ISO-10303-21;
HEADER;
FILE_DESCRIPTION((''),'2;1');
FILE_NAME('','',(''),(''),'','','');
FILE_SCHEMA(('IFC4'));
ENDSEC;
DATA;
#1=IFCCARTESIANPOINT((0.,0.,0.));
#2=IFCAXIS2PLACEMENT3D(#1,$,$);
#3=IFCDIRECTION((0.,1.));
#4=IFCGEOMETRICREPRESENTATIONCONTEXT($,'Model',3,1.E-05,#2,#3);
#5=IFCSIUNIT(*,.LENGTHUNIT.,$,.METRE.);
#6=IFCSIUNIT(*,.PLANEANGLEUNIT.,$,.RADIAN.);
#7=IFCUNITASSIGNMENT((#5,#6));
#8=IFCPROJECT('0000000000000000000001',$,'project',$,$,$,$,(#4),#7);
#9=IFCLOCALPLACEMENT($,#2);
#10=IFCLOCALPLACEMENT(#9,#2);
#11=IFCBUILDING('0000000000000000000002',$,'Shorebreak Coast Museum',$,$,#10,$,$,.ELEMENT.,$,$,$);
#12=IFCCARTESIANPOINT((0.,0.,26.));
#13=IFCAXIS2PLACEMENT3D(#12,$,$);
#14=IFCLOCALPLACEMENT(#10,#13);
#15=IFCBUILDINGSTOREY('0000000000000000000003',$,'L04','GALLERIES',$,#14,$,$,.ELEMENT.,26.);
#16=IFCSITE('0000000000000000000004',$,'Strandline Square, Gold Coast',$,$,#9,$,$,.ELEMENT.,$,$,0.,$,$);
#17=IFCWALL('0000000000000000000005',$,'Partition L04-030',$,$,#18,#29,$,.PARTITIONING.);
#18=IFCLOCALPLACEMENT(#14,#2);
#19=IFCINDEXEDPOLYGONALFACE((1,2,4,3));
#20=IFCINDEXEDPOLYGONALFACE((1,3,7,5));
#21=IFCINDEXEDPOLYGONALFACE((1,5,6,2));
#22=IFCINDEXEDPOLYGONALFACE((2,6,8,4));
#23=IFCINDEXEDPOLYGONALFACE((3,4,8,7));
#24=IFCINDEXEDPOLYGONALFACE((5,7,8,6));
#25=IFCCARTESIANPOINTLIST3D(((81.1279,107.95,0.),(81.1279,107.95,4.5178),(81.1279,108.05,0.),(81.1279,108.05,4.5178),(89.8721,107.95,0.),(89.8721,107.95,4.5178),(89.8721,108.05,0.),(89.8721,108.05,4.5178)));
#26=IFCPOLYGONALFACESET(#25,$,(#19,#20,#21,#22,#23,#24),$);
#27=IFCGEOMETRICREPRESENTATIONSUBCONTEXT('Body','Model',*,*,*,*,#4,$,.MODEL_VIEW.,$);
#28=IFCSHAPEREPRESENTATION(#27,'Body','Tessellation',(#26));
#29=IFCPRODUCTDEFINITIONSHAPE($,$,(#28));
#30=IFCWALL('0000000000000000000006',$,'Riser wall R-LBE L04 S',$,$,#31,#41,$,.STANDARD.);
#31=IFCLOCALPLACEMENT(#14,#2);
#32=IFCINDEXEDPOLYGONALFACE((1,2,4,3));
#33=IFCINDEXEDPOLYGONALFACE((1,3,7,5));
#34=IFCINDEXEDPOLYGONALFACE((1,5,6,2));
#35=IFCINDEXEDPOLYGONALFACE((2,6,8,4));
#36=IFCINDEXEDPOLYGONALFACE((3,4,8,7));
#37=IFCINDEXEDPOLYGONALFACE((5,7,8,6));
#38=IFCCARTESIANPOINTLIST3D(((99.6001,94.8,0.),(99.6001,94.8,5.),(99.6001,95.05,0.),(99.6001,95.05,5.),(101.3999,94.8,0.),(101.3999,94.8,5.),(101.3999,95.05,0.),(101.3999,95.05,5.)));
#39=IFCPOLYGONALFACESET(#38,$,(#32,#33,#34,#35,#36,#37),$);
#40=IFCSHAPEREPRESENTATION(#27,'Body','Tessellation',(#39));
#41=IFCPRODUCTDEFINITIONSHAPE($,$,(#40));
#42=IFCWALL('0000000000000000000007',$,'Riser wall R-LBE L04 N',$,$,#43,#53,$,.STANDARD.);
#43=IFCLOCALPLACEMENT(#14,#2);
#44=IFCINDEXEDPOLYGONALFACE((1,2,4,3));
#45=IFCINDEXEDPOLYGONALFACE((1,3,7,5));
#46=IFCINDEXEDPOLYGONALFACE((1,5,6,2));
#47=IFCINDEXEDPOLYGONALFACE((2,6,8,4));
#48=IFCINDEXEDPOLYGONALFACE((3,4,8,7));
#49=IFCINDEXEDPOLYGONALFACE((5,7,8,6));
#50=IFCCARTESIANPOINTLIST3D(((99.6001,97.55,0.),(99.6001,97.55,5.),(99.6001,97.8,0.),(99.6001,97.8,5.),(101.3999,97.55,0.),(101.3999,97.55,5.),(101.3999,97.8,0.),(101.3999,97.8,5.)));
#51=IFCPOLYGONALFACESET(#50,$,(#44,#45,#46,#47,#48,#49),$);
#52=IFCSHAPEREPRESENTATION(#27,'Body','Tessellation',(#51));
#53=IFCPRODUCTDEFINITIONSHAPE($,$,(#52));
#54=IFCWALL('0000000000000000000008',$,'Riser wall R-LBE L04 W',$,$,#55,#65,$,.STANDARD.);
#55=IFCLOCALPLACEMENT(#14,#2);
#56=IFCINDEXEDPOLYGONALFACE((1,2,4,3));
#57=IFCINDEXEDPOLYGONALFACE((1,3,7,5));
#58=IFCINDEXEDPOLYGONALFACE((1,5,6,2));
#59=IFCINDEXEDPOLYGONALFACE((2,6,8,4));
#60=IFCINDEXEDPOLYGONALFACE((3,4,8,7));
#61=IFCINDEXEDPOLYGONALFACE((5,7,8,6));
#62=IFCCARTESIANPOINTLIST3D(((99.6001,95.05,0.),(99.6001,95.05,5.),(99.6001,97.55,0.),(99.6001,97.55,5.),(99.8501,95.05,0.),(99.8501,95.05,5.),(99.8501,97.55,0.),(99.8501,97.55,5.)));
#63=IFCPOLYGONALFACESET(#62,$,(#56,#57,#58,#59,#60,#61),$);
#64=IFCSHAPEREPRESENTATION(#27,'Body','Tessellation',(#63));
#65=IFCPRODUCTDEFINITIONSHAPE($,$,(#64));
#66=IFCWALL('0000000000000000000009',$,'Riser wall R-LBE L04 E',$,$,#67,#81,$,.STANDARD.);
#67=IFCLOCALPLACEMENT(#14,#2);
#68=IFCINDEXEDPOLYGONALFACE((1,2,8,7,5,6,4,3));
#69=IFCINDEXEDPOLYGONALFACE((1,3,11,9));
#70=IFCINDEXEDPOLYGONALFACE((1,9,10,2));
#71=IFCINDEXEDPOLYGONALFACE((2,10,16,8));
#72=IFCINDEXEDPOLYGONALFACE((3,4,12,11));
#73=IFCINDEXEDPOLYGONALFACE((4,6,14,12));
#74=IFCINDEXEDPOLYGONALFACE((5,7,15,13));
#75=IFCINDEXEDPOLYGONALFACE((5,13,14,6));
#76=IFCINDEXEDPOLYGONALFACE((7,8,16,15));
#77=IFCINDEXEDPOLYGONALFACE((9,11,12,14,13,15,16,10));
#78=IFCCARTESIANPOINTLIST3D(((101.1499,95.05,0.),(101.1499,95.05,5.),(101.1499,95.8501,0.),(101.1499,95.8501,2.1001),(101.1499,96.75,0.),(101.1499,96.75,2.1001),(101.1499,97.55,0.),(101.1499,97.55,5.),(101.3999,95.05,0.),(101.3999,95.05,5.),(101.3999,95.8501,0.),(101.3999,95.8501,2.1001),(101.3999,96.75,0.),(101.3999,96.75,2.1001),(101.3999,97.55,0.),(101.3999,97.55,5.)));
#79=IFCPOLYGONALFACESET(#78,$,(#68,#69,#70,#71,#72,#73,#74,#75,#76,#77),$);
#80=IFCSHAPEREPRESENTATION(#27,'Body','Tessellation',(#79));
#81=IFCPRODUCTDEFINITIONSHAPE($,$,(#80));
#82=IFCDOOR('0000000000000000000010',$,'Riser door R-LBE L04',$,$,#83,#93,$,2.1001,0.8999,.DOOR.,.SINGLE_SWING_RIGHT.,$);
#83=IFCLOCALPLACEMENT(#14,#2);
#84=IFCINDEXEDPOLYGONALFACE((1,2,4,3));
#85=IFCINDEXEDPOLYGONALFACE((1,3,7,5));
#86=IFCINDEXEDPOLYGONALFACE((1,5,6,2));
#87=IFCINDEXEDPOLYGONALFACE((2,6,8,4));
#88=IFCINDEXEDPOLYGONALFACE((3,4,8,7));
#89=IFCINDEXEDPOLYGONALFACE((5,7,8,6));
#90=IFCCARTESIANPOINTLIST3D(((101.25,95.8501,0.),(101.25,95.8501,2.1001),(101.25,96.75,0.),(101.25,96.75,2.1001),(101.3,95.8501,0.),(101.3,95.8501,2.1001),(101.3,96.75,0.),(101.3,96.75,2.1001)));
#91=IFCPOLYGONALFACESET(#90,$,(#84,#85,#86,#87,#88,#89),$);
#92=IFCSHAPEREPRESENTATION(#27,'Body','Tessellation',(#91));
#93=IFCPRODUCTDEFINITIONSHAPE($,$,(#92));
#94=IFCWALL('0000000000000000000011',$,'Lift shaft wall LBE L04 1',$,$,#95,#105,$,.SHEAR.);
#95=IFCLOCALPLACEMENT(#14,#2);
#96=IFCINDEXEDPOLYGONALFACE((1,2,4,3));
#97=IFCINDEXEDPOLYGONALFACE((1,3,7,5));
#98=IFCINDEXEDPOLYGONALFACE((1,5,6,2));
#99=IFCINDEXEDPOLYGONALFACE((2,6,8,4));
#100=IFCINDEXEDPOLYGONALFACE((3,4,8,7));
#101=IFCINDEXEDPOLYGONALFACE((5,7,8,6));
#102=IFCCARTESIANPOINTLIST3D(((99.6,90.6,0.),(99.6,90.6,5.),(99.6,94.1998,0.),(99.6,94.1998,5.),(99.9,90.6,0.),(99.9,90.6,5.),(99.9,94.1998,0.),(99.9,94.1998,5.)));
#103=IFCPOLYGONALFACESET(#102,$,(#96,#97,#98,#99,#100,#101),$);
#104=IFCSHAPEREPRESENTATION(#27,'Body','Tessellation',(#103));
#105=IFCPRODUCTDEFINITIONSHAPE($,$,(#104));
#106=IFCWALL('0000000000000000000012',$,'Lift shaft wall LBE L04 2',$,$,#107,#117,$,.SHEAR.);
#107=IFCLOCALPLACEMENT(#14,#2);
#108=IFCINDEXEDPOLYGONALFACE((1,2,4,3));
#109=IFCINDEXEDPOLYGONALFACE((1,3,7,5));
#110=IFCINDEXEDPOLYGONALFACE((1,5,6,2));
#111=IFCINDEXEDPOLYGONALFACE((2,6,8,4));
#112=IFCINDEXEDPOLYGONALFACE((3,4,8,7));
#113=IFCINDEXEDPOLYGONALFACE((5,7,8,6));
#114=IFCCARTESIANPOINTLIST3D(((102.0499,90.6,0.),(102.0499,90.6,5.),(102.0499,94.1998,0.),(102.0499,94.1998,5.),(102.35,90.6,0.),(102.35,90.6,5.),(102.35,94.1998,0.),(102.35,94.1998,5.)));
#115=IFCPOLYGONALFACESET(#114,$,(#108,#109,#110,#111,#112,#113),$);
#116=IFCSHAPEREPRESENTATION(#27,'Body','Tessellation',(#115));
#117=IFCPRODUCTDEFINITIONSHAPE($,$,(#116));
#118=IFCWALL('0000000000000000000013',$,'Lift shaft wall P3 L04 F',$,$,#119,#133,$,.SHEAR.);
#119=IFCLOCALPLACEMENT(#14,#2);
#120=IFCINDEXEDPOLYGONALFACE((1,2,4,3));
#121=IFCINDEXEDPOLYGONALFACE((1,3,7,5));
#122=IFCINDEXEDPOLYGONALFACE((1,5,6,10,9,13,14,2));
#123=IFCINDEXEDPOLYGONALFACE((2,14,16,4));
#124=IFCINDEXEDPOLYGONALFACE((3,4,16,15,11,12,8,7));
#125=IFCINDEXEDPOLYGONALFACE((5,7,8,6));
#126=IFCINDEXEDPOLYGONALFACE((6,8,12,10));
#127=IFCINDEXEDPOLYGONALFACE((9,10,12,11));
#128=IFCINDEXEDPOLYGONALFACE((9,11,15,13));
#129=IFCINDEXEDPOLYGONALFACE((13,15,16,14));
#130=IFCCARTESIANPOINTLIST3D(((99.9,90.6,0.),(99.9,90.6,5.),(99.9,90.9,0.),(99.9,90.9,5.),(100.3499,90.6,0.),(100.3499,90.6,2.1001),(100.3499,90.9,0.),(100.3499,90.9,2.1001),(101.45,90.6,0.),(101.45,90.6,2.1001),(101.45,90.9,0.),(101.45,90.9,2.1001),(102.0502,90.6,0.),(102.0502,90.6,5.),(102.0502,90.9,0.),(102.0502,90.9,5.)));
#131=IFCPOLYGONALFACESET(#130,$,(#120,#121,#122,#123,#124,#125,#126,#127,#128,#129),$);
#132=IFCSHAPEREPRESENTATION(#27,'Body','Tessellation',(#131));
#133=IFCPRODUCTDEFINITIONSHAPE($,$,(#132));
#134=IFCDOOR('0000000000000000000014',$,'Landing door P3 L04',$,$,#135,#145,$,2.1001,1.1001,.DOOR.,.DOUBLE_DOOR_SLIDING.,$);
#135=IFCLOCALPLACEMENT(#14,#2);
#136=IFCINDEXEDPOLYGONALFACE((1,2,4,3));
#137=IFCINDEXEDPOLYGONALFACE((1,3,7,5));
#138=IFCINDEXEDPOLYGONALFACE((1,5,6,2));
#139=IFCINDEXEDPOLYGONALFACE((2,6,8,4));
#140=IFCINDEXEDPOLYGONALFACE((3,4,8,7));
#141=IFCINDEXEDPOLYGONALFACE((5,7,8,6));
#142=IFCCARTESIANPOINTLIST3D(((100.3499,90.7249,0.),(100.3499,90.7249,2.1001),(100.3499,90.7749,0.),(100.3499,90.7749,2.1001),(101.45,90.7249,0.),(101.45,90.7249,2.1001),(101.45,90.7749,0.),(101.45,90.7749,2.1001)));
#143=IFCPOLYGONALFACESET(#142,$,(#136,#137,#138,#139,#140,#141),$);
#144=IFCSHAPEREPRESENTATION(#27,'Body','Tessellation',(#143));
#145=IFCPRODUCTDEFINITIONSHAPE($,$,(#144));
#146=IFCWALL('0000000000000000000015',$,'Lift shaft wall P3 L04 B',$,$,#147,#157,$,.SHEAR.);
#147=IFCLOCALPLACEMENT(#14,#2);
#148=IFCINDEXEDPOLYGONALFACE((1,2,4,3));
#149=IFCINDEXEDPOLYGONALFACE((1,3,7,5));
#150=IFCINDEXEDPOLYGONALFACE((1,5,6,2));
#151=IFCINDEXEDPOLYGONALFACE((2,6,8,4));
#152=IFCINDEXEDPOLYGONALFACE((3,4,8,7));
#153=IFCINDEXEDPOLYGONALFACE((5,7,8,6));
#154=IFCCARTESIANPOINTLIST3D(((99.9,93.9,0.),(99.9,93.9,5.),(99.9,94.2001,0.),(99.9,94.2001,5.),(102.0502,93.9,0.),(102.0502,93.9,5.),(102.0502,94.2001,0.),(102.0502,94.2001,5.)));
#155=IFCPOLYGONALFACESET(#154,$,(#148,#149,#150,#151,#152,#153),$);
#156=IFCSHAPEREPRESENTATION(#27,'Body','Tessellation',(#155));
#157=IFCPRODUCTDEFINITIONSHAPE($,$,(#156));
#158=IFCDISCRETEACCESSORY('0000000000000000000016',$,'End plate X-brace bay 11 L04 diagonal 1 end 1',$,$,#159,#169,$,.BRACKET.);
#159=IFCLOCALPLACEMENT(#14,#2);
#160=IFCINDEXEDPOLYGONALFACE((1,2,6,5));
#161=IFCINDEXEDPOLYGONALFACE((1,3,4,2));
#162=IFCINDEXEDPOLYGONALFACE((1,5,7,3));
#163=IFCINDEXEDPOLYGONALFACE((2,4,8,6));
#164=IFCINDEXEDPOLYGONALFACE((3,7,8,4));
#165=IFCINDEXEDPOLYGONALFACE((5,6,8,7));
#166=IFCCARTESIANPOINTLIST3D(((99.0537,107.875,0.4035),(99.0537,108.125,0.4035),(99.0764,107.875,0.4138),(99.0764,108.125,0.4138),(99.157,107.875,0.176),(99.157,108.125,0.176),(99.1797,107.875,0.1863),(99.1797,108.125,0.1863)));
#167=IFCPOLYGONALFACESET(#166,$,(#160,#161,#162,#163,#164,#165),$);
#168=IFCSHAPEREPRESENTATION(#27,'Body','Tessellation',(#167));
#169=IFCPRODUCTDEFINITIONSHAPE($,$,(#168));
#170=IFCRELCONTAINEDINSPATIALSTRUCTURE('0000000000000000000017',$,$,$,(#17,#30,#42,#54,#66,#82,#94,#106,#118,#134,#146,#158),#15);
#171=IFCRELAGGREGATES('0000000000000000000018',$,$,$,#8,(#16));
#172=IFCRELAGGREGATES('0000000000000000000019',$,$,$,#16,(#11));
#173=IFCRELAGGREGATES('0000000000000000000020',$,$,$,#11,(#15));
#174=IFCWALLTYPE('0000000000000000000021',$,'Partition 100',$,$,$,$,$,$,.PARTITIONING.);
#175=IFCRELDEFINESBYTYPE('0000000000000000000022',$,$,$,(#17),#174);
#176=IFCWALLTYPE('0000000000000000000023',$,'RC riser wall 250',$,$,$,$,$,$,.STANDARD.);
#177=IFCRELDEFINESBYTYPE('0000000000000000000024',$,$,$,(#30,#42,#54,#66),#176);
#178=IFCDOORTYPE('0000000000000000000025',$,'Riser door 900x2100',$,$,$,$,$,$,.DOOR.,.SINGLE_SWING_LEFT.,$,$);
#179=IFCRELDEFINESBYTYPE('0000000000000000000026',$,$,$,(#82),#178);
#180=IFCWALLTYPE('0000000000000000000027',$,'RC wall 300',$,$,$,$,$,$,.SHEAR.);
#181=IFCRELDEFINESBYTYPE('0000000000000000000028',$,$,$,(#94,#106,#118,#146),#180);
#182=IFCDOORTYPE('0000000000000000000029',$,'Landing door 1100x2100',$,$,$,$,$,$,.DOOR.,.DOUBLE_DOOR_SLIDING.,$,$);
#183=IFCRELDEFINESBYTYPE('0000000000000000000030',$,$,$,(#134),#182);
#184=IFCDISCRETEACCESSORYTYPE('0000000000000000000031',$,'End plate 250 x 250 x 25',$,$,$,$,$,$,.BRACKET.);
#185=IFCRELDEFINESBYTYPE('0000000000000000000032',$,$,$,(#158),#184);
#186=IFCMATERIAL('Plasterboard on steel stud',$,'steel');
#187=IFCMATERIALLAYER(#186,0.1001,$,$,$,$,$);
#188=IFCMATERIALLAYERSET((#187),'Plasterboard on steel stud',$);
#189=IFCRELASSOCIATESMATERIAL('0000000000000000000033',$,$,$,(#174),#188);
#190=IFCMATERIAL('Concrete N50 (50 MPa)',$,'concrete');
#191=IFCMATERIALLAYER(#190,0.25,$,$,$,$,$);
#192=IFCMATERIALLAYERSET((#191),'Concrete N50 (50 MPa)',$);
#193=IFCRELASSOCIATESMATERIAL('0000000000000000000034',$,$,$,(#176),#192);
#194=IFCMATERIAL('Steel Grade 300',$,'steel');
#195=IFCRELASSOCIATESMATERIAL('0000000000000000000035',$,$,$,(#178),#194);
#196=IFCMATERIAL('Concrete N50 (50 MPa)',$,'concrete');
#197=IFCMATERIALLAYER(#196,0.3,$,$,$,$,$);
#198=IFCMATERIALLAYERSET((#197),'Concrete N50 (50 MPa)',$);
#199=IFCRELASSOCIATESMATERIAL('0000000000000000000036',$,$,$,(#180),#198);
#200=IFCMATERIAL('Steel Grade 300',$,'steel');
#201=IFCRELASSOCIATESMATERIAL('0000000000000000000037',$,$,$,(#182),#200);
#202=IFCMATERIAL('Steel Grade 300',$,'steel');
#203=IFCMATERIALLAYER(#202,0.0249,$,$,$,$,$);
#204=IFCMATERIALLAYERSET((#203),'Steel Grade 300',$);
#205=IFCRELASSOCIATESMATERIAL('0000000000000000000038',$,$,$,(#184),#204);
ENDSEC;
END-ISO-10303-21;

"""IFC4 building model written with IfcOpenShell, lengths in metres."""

from ifc_helpers import new_model, si_unit, direction, frame, frame_2d, origin, place, context, subcontext, project, spatial, polyline, rectangle, outline, extrude, material, layer, layer_set, type_object, element, fill, save


model = new_model("IFC4")

# Units and contexts
model_context = context("Model", 3, precision=1e-05, world=origin(), true_north=direction((0.0, 1.0)))
body_context = subcontext(model_context, "Body", "Model", "MODEL_VIEW")
ifc_project = project(units=[si_unit("LENGTHUNIT", "METRE"), si_unit("PLANEANGLEUNIT", "RADIAN")], contexts=[model_context])

# Site, building, storey
site_placement = place(None, origin())
site = spatial("IfcSite", under=ifc_project, at=site_placement, Name="Strandline Square, Gold Coast", CompositionType="ELEMENT", RefElevation=0.0)
building_placement = place(site_placement, origin())
building = spatial("IfcBuilding", under=site, at=building_placement, Name="Shorebreak Coast Museum", CompositionType="ELEMENT")
storey_placement = place(building_placement, frame((0.0, 0.0, 26.0)))
storey = spatial("IfcBuildingStorey", under=building, at=storey_placement, Name="L04", Description="GALLERIES", CompositionType="ELEMENT", Elevation=26.0)

# Walls
ifc_material_1 = material(Name="Plasterboard on steel stud", Category="steel")
ifc_layer_1 = layer(ifc_material_1, 0.1001)
ifc_layer_set_1 = layer_set([ifc_layer_1], Name="Plasterboard on steel stud")
wall_type_1 = type_object("IfcWallType", Name="Partition 100", PredefinedType="PARTITIONING", material=ifc_layer_set_1)
wall_1_placement = place(storey_placement, frame((81.1279, 108.0, 0.0), z_axis=(0.0, 0.0, 1.0), x_axis=(1.0, 0.0, 0.0)))
element("IfcWall", 1, at=wall_1_placement, inside=storey, type_object=wall_type_1, Name="Partition L04-030", PredefinedType="PARTITIONING", context=body_context, shape_type="SweptSolid", body=[
    extrude(rectangle(XDim=8.7441, YDim=0.1001, at=frame_2d((4.3721, 0.0))), origin(), (0.0, 0.0, 1.0), 4.5178),
])
ifc_material_2 = material(Name="Concrete N50 (50 MPa)", Category="concrete")
ifc_layer_2 = layer(ifc_material_2, 0.25)
ifc_layer_set_2 = layer_set([ifc_layer_2], Name="Concrete N50 (50 MPa)")
wall_type_2 = type_object("IfcWallType", Name="RC riser wall 250", PredefinedType="STANDARD", material=ifc_layer_set_2)
for number, where, z_axis, x_axis, name in (
    (2, (99.6001, 94.925, 0.0), (0.0, 0.0, 1.0), (1.0, 0.0, 0.0), "Riser wall R-LBE L04 S"),
    (3, (99.6001, 97.675, 0.0), (0.0, 0.0, 1.0), (1.0, 0.0, 0.0), "Riser wall R-LBE L04 N"),
):
    element("IfcWall", number, at=place(storey_placement, frame(where, z_axis=z_axis, x_axis=x_axis)), inside=storey, type_object=wall_type_2, Name=name, PredefinedType="STANDARD", context=body_context, shape_type="SweptSolid", body=[
        extrude(rectangle(XDim=1.7998, YDim=0.25, at=frame_2d((0.8999, 0.0))), origin(), (0.0, 0.0, 1.0), 5.0),
    ])
wall_2_placement = place(storey_placement, frame((99.7251, 95.05, 0.0), z_axis=(0.0, 0.0, 1.0), x_axis=(0.0, 1.0, 0.0)))
element("IfcWall", 4, at=wall_2_placement, inside=storey, type_object=wall_type_2, Name="Riser wall R-LBE L04 W", PredefinedType="STANDARD", context=body_context, shape_type="SweptSolid", body=[
    extrude(rectangle(XDim=2.5, YDim=0.25, at=frame_2d((1.25, 0.0))), origin(), (0.0, 0.0, 1.0), 5.0),
])

# Wall, opening, door
wall_3_placement = place(storey_placement, frame((101.2749, 95.05, 0.0), z_axis=(0.0, 0.0, 1.0), x_axis=(0.0, 1.0, 0.0)))
wall_3 = element("IfcWall", 5, at=wall_3_placement, inside=storey, type_object=wall_type_2, Name="Riser wall R-LBE L04 E", PredefinedType="STANDARD", context=body_context, shape_type="SweptSolid", body=[
    extrude(rectangle(XDim=2.5, YDim=0.25, at=frame_2d((1.25, 0.0))), origin(), (0.0, 0.0, 1.0), 5.0),
])
opening_1_placement = place(wall_3_placement, frame((0.8, 0.0, 0.0)))
opening_1 = element("IfcOpeningElement", 6, at=opening_1_placement, cuts=wall_3, PredefinedType="OPENING", context=body_context, shape_type="SweptSolid", body=[
    extrude(rectangle(XDim=0.8999, YDim=2.1001, at=frame_2d((0.45, 1.05))), frame((0.0, 0.135, 0.0), z_axis=(0.0, -1.0, 0.0), x_axis=(1.0, 0.0, 0.0)), (0.0, 0.0, 1.0), 0.27),
])
ifc_material_3 = material(Name="Steel Grade 300", Category="steel")
door_type_1 = type_object("IfcDoorType", Name="Riser door 900x2100", OperationType="SINGLE_SWING_LEFT", PredefinedType="DOOR", material=ifc_material_3)
door_1_placement = place(opening_1_placement, origin())
door_1 = element("IfcDoor", 7, at=door_1_placement, inside=storey, type_object=door_type_1, Name="Riser door R-LBE L04", OperationType="SINGLE_SWING_RIGHT", OverallHeight=2.1001, OverallWidth=0.8999, PredefinedType="DOOR", context=body_context, shape_type="SweptSolid", body=[
    extrude(rectangle(XDim=0.8999, YDim=2.1001, at=frame_2d((0.45, 1.05))), frame((0.0, 0.0249, 0.0), z_axis=(0.0, -1.0, 0.0), x_axis=(1.0, 0.0, 0.0)), (0.0, 0.0, 1.0), 0.05),
])
fill(opening_1, door_1)

# Walls
ifc_material_4 = material(Name="Concrete N50 (50 MPa)", Category="concrete")
ifc_layer_3 = layer(ifc_material_4, 0.3)
ifc_layer_set_3 = layer_set([ifc_layer_3], Name="Concrete N50 (50 MPa)")
wall_type_3 = type_object("IfcWallType", Name="RC wall 300", PredefinedType="SHEAR", material=ifc_layer_set_3)
for number, where, z_axis, x_axis, name in (
    (8, (99.75, 90.6001, 0.0), (0.0, 0.0, 1.0), (0.0, 1.0, 0.0), "Lift shaft wall LBE L04 1"),
    (9, (102.2, 90.6001, 0.0), (0.0, 0.0, 1.0), (0.0, 1.0, 0.0), "Lift shaft wall LBE L04 2"),
):
    element("IfcWall", number, at=place(storey_placement, frame(where, z_axis=z_axis, x_axis=x_axis)), inside=storey, type_object=wall_type_3, Name=name, PredefinedType="SHEAR", context=body_context, shape_type="SweptSolid", body=[
        extrude(rectangle(XDim=3.5999, YDim=0.3, at=frame_2d((1.7998, 0.0))), origin(), (0.0, 0.0, 1.0), 5.0),
    ])

# Wall, opening, door
wall_4_placement = place(storey_placement, frame((99.8999, 90.75, 0.0), z_axis=(0.0, 0.0, 1.0), x_axis=(1.0, 0.0, 0.0)))
wall_4 = element("IfcWall", 10, at=wall_4_placement, inside=storey, type_object=wall_type_3, Name="Lift shaft wall P3 L04 F", PredefinedType="SHEAR", context=body_context, shape_type="SweptSolid", body=[
    extrude(rectangle(XDim=2.1501, YDim=0.3, at=frame_2d((1.0752, 0.0))), origin(), (0.0, 0.0, 1.0), 5.0),
])
opening_2_placement = place(wall_4_placement, frame((0.45, 0.0, 0.0)))
opening_2 = element("IfcOpeningElement", 11, at=opening_2_placement, cuts=wall_4, PredefinedType="OPENING", context=body_context, shape_type="SweptSolid", body=[
    extrude(rectangle(XDim=1.1001, YDim=2.1001, at=frame_2d((0.55, 1.05))), frame((0.0, 0.1599, 0.0), z_axis=(0.0, -1.0, 0.0), x_axis=(1.0, 0.0, 0.0)), (0.0, 0.0, 1.0), 0.3201),
])
ifc_material_5 = material(Name="Steel Grade 300", Category="steel")
door_type_2 = type_object("IfcDoorType", Name="Landing door 1100x2100", OperationType="DOUBLE_DOOR_SLIDING", PredefinedType="DOOR", material=ifc_material_5)
door_2_placement = place(opening_2_placement, origin())
door_2 = element("IfcDoor", 12, at=door_2_placement, inside=storey, type_object=door_type_2, Name="Landing door P3 L04", OperationType="DOUBLE_DOOR_SLIDING", OverallHeight=2.1001, OverallWidth=1.1001, PredefinedType="DOOR", context=body_context, shape_type="SweptSolid", body=[
    extrude(rectangle(XDim=1.1001, YDim=2.1001, at=frame_2d((0.55, 1.05))), frame((0.0, 0.0249, 0.0), z_axis=(0.0, -1.0, 0.0), x_axis=(1.0, 0.0, 0.0)), (0.0, 0.0, 1.0), 0.05),
])
fill(opening_2, door_2)

# Wall
wall_5_placement = place(storey_placement, frame((99.8999, 94.05, 0.0), z_axis=(0.0, 0.0, 1.0), x_axis=(1.0, 0.0, 0.0)))
element("IfcWall", 13, at=wall_5_placement, inside=storey, type_object=wall_type_3, Name="Lift shaft wall P3 L04 B", PredefinedType="SHEAR", context=body_context, shape_type="SweptSolid", body=[
    extrude(rectangle(XDim=2.1501, YDim=0.3, at=frame_2d((1.0752, 0.0))), origin(), (0.0, 0.0, 1.0), 5.0),
])

# Discrete accessory
ifc_material_6 = material(Name="Steel Grade 300", Category="steel")
ifc_layer_4 = layer(ifc_material_6, 0.0249)
ifc_layer_set_4 = layer_set([ifc_layer_4], Name="Steel Grade 300")
discrete_accessory_type = type_object("IfcDiscreteAccessoryType", Name="End plate 250 x 250 x 25", PredefinedType="BRACKET", material=ifc_layer_set_4)
discrete_accessory_placement = place(storey_placement, frame((99.1797, 107.875, 0.1863), z_axis=(0.910601, 0.0, 0.413288), x_axis=(0.0, 1.0, 0.0)))
element("IfcDiscreteAccessory", 14, at=discrete_accessory_placement, inside=storey, type_object=discrete_accessory_type, Name="End plate X-brace bay 11 L04 diagonal 1 end 1", PredefinedType="BRACKET", context=body_context, shape_type="SweptSolid", body=[
    extrude(outline(polyline([(0.0, 0.0), (0.25, 0.0), (0.25, 0.2499), (0.0, 0.2499), (0.0, 0.0)])), origin(), (0.0, 0.0, -1.0), 0.0249),
])

save(model, "model.ifc")
